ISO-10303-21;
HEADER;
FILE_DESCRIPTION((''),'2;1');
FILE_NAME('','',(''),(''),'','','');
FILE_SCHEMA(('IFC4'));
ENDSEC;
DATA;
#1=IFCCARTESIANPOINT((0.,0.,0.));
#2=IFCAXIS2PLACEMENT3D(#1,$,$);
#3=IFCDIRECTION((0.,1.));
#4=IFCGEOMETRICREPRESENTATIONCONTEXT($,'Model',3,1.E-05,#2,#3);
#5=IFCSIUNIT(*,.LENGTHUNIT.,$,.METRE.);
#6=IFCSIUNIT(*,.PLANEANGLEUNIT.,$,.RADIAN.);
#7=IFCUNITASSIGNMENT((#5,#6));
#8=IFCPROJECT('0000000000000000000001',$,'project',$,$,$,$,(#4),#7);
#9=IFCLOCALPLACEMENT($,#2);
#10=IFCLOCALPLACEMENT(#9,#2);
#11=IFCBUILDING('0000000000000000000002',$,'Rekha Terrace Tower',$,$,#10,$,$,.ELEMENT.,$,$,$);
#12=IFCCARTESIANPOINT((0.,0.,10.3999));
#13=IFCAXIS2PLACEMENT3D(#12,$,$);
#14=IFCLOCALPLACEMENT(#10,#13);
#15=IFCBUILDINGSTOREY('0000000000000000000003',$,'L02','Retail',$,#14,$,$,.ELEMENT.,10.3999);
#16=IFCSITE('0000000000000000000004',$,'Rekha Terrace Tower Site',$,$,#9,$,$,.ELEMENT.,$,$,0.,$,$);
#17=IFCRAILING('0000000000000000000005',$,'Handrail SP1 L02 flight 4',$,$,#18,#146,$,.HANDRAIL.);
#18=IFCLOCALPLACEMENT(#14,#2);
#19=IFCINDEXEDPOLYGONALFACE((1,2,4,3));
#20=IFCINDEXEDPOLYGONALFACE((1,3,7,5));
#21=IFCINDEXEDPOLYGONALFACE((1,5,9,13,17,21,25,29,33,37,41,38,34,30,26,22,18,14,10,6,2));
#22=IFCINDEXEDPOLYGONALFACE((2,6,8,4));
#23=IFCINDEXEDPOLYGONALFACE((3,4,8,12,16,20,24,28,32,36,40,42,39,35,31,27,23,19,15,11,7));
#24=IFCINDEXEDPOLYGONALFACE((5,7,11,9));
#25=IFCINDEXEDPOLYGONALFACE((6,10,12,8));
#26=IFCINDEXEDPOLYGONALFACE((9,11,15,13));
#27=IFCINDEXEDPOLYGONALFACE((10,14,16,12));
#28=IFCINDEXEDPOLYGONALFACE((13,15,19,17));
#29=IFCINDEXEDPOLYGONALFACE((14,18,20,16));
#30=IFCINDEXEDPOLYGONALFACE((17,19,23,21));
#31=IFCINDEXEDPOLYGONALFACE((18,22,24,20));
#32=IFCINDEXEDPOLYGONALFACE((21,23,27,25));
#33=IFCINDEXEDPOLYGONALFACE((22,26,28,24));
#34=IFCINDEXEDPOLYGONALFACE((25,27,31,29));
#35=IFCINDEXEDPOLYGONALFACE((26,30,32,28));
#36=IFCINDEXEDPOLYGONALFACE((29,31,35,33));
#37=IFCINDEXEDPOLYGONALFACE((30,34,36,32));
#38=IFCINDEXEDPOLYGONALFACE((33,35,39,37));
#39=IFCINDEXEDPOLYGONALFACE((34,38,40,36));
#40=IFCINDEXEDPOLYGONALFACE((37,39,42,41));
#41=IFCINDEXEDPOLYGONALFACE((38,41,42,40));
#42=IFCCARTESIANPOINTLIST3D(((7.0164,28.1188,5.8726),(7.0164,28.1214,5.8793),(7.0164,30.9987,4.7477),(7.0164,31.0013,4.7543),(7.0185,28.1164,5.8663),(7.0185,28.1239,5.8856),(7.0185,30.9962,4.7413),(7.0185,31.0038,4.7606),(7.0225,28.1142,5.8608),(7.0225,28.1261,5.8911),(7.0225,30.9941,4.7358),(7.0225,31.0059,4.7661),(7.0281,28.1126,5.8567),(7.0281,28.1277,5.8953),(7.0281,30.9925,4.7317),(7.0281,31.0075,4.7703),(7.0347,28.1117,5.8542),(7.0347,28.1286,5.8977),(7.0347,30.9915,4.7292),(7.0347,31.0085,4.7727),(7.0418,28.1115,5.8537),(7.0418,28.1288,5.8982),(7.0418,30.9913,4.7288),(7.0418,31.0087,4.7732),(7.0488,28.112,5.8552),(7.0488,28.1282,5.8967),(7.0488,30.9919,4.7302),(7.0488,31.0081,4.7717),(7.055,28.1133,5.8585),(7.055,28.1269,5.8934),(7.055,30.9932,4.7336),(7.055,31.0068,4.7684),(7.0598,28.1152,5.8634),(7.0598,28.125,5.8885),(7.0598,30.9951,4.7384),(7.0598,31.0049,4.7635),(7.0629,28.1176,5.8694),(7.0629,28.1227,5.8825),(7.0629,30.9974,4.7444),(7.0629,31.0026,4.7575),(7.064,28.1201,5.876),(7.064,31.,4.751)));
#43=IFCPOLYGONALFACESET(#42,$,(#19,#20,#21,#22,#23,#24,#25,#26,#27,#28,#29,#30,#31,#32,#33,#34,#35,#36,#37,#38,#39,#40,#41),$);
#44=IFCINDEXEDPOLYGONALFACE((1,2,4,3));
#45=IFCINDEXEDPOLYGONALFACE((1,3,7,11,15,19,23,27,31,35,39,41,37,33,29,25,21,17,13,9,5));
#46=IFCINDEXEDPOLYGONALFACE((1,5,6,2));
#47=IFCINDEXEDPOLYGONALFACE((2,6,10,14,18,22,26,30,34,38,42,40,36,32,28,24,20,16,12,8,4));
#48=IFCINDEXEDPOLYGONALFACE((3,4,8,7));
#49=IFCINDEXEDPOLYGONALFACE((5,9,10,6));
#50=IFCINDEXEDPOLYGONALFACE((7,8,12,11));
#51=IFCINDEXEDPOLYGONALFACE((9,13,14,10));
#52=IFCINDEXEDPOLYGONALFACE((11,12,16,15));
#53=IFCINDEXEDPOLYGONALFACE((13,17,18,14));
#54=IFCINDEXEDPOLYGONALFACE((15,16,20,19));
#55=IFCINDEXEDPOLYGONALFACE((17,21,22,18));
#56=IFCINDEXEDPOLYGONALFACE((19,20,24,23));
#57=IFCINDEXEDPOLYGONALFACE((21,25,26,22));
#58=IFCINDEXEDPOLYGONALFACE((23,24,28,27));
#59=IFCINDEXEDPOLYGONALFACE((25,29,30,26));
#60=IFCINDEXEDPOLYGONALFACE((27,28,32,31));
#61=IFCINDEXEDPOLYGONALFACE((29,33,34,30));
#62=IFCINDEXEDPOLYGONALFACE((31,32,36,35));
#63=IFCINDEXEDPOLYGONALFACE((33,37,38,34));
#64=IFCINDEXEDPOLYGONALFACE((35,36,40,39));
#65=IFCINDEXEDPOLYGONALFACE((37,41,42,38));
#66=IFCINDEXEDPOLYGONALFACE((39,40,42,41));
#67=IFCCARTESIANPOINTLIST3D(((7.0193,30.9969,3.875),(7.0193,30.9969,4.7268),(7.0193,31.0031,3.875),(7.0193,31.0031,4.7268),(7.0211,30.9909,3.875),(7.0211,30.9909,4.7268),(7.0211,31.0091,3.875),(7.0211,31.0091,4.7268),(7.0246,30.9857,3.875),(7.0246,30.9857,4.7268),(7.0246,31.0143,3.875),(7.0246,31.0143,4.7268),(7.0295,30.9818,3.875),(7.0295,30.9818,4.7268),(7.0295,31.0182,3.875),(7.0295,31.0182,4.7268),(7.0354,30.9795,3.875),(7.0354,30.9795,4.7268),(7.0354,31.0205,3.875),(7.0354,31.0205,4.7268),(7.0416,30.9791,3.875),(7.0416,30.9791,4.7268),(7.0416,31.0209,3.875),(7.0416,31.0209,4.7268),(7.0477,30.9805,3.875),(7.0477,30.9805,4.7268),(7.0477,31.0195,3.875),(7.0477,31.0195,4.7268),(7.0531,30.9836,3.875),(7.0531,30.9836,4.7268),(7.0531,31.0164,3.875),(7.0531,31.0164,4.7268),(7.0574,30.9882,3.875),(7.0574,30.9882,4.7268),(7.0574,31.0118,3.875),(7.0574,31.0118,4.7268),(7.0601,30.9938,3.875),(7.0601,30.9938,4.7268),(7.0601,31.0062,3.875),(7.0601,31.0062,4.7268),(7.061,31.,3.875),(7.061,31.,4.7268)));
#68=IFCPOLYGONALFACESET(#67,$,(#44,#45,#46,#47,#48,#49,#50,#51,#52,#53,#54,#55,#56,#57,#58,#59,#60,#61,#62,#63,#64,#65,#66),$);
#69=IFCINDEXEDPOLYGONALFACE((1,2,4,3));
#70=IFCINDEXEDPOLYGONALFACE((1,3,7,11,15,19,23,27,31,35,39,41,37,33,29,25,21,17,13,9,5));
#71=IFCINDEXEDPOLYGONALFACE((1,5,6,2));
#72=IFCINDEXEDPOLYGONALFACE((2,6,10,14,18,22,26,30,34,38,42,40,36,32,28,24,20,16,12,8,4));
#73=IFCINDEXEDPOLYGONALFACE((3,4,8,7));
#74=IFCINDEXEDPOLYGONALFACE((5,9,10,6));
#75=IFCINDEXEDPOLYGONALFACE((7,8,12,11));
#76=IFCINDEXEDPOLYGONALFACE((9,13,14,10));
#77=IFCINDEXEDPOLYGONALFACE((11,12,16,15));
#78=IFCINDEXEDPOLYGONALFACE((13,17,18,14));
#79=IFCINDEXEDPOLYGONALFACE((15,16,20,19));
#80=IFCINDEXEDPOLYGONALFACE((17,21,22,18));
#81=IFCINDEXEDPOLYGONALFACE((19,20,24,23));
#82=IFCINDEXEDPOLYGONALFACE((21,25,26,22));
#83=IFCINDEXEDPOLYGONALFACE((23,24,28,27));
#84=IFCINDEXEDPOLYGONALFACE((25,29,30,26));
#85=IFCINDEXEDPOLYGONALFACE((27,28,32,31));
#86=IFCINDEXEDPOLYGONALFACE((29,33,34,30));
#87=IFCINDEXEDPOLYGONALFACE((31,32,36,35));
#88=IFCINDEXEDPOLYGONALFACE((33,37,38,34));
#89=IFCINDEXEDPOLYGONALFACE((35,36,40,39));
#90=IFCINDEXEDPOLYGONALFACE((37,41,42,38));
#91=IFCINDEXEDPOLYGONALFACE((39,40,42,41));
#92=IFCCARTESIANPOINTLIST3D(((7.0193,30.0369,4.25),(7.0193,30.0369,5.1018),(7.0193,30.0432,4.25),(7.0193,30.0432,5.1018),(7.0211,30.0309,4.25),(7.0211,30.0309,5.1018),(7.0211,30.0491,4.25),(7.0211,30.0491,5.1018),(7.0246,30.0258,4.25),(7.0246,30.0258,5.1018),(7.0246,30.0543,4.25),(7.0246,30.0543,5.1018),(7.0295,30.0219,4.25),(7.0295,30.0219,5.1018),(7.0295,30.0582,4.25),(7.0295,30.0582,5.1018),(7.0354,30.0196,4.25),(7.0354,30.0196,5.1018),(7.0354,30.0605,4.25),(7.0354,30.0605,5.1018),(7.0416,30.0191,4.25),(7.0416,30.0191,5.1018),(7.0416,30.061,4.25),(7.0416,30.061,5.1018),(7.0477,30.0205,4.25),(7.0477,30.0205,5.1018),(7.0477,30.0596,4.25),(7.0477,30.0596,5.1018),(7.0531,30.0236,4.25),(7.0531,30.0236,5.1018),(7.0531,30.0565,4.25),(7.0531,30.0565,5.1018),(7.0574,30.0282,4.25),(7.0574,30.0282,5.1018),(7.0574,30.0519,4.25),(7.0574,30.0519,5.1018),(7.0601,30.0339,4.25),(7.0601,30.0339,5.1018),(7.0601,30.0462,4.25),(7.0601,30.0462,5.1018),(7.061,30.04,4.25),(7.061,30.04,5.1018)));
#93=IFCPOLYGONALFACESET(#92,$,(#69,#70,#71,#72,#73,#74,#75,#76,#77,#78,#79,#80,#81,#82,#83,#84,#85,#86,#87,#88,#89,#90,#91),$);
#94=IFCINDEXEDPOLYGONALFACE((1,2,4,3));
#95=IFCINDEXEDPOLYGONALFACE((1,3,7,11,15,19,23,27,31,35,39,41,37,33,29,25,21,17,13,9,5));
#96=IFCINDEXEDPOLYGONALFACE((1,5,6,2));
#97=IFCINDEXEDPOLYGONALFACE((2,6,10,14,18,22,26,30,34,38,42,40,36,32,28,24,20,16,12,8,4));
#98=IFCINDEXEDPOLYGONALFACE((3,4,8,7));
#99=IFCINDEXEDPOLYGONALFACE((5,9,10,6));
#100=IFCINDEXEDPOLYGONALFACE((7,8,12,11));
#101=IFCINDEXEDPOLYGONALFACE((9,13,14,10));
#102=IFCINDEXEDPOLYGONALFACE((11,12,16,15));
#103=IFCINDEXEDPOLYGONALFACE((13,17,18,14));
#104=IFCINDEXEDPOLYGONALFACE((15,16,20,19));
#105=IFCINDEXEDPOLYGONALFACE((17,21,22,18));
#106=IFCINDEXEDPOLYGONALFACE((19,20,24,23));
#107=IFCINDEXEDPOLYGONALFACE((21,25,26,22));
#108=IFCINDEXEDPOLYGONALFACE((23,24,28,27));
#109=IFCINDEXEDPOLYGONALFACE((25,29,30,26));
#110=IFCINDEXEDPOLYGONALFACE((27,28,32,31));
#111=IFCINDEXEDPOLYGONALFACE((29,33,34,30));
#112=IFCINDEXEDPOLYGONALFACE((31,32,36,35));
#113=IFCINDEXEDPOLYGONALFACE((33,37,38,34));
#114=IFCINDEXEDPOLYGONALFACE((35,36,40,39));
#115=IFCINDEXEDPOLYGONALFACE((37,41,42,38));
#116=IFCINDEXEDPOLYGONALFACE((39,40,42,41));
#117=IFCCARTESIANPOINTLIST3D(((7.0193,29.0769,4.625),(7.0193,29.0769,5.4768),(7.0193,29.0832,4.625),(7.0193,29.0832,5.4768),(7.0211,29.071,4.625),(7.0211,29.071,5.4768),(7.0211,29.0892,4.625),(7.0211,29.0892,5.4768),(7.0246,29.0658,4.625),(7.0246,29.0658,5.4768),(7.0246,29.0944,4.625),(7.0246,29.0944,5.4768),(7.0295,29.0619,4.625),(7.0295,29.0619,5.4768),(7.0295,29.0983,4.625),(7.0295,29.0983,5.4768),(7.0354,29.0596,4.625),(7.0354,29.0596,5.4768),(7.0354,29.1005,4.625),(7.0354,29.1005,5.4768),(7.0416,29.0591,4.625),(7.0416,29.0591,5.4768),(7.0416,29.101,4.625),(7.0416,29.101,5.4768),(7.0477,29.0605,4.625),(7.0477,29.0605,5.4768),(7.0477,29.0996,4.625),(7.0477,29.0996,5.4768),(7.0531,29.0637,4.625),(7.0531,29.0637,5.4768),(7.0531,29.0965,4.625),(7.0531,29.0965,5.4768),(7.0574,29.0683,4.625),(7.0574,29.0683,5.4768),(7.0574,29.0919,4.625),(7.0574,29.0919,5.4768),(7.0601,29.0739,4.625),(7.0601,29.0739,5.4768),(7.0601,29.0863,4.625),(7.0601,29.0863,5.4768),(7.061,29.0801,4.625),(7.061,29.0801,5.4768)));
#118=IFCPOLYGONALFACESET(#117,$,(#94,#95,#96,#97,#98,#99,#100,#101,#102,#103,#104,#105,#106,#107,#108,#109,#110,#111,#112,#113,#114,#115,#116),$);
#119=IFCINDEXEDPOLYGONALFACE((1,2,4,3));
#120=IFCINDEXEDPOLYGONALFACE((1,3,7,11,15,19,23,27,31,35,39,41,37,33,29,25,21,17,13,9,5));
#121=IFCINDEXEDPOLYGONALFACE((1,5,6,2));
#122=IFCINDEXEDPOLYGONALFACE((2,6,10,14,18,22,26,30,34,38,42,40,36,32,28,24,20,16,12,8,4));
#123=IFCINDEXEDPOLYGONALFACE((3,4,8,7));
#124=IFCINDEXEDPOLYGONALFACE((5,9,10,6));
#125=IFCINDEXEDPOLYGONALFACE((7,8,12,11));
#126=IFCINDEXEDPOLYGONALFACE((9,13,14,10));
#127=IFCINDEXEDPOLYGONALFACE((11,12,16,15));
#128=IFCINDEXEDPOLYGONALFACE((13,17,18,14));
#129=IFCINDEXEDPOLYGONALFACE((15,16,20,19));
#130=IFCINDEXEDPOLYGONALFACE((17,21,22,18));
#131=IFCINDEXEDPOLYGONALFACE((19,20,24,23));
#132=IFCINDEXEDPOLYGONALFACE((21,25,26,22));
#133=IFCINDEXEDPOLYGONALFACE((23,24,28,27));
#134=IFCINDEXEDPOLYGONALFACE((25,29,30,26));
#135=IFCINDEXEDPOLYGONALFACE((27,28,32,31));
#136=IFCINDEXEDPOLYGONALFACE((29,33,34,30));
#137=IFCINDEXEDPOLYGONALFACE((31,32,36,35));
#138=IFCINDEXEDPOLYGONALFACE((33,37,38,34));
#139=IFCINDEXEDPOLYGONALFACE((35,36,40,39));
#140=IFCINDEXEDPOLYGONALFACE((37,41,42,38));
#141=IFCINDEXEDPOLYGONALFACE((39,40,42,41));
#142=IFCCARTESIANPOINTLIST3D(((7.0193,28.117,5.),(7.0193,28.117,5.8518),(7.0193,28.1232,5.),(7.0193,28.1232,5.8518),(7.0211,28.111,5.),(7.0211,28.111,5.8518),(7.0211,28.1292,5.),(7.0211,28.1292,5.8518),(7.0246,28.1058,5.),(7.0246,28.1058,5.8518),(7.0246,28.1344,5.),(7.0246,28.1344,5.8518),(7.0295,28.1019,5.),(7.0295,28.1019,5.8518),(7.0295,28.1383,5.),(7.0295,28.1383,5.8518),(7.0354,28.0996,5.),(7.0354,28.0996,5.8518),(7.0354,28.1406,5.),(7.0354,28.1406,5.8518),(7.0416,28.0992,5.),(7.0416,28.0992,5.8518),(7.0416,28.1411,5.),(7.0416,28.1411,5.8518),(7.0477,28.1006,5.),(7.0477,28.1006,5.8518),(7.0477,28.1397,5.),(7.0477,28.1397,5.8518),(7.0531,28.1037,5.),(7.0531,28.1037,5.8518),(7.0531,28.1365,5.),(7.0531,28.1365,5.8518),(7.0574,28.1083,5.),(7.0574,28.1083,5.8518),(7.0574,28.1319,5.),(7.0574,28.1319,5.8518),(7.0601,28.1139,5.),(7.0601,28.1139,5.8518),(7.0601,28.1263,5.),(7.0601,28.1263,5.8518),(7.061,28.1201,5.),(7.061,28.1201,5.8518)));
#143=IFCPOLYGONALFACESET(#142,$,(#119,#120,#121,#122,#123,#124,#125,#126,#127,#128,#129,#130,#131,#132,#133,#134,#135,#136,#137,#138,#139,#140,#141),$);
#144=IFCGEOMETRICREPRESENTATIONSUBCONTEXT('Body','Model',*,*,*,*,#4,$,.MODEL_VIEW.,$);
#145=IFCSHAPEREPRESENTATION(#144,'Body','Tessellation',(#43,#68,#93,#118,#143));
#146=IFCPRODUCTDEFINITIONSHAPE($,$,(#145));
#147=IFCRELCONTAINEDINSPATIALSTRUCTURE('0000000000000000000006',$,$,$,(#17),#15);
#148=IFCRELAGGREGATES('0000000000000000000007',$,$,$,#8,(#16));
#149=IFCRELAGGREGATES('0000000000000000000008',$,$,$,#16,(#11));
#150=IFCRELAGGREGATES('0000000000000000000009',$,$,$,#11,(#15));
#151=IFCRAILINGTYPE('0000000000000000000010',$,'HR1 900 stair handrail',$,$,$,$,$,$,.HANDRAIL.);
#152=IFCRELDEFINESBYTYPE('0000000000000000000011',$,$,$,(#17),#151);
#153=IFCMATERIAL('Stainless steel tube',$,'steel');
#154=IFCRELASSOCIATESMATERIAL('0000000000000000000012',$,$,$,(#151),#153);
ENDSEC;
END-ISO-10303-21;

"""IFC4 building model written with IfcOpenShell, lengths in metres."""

from ifc_helpers import new_model, si_unit, direction, frame, origin, origin_2d, place, context, subcontext, project, spatial, circle, extrude, material, type_object, element, save


model = new_model("IFC4")

# Units and contexts
model_context = context("Model", 3, precision=1e-05, world=origin(), true_north=direction((0.0, 1.0)))
body_context = subcontext(model_context, "Body", "Model", "MODEL_VIEW")
ifc_project = project(units=[si_unit("LENGTHUNIT", "METRE"), si_unit("PLANEANGLEUNIT", "RADIAN")], contexts=[model_context])

# Site, building, storey
site_placement = place(None, origin())
site = spatial("IfcSite", under=ifc_project, at=site_placement, Name="Rekha Terrace Tower Site", CompositionType="ELEMENT", RefElevation=0.0)
building_placement = place(site_placement, origin())
building = spatial("IfcBuilding", under=site, at=building_placement, Name="Rekha Terrace Tower", CompositionType="ELEMENT")
storey_placement = place(building_placement, frame((0.0, 0.0, 10.3999)))
storey = spatial("IfcBuildingStorey", under=building, at=storey_placement, Name="L02", Description="Retail", CompositionType="ELEMENT", Elevation=10.3999)

# Railing
ifc_material_1 = material(Name="Stainless steel tube", Category="steel")
railing_type_1 = type_object("IfcRailingType", Name="HR1 900 stair handrail", PredefinedType="HANDRAIL", material=ifc_material_1)
railing_1_placement = place(storey_placement, frame((7.04, 31.0, 3.875)))
element("IfcRailing", 1, at=railing_1_placement, inside=storey, type_object=railing_type_1, Name="Handrail SP1 L02 flight 4", PredefinedType="HANDRAIL", context=body_context, shape_type="SweptSolid", body=[
    extrude(circle(Radius=0.0239, at=origin_2d()), frame((0.0, 0.0, 0.876), z_axis=(0.0, -0.931452, 0.363863), x_axis=(1.0, 0.0, 0.0)), (0.0, 0.0, 1.0), 3.0918),
    extrude(circle(Radius=0.021, at=origin_2d()), origin(), (0.0, 0.0, 1.0), 0.8518),
    extrude(circle(Radius=0.021, at=origin_2d()), frame((0.0, -0.96, 0.375)), (0.0, 0.0, 1.0), 0.8518),
    extrude(circle(Radius=0.021, at=origin_2d()), frame((0.0, -1.9199, 0.75)), (0.0, 0.0, 1.0), 0.8518),
    extrude(circle(Radius=0.021, at=origin_2d()), frame((0.0, -2.8799, 1.125)), (0.0, 0.0, 1.0), 0.8518),
])

save(model, "model.ifc")
